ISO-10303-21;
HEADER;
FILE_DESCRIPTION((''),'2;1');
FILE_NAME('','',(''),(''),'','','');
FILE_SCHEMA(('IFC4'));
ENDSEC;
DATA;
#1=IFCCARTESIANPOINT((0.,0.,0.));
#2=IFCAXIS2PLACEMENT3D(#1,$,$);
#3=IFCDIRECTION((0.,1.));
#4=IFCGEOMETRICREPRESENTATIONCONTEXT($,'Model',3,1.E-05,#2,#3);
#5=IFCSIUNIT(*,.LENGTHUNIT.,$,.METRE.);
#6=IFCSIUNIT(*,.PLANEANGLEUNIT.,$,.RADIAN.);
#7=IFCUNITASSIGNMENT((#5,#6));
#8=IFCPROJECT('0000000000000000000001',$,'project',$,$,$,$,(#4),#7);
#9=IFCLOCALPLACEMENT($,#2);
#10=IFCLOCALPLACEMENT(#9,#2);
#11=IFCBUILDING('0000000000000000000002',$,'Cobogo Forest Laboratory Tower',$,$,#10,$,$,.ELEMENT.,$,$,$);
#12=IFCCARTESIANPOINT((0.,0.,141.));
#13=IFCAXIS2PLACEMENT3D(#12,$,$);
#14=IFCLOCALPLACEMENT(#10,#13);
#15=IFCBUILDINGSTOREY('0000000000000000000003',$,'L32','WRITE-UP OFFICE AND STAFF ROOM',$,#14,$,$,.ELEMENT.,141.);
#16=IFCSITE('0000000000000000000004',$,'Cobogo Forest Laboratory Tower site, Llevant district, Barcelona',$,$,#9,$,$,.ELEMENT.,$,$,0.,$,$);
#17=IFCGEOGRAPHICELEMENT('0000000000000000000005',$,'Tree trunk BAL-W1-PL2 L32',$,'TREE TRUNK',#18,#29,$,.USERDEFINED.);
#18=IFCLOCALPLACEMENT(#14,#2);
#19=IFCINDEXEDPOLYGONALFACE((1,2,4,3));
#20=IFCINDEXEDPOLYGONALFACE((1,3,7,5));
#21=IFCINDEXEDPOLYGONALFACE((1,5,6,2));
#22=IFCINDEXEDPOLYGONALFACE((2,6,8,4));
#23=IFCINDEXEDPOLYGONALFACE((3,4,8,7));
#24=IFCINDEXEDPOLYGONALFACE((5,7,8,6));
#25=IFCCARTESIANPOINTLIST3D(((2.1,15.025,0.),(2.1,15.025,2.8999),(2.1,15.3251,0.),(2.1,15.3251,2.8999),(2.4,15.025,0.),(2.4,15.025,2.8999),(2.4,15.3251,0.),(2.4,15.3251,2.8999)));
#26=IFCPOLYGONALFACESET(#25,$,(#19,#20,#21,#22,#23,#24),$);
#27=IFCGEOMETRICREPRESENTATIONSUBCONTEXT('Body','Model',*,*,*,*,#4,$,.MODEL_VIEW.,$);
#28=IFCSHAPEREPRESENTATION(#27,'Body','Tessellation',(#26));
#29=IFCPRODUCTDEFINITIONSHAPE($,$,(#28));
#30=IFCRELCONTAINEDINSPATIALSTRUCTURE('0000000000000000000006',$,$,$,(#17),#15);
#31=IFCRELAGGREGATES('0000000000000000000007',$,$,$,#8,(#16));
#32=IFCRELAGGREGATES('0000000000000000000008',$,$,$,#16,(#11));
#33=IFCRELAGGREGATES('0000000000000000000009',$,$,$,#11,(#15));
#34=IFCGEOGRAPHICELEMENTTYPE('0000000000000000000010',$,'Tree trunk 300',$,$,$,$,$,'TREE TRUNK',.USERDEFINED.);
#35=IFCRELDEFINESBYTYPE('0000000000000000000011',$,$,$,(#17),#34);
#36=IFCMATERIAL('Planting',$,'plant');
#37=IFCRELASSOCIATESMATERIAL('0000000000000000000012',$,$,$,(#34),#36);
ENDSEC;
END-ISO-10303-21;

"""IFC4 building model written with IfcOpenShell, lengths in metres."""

from ifc_helpers import new_model, si_unit, direction, frame, origin, origin_2d, place, context, subcontext, project, spatial, rectangle, extrude, material, type_object, element, save


model = new_model("IFC4")

# Units and contexts
model_context = context("Model", 3, precision=1e-05, world=origin(), true_north=direction((0.0, 1.0)))
body_context = subcontext(model_context, "Body", "Model", "MODEL_VIEW")
ifc_project = project(units=[si_unit("LENGTHUNIT", "METRE"), si_unit("PLANEANGLEUNIT", "RADIAN")], contexts=[model_context])

# Site, building, storey
site_placement = place(None, origin())
site = spatial("IfcSite", under=ifc_project, at=site_placement, Name="Cobogo Forest Laboratory Tower site, Llevant district, Barcelona", CompositionType="ELEMENT", RefElevation=0.0)
building_placement = place(site_placement, origin())
building = spatial("IfcBuilding", under=site, at=building_placement, Name="Cobogo Forest Laboratory Tower", CompositionType="ELEMENT")
storey_placement = place(building_placement, frame((0.0, 0.0, 141.0)))
storey = spatial("IfcBuildingStorey", under=building, at=storey_placement, Name="L32", Description="WRITE-UP OFFICE AND STAFF ROOM", CompositionType="ELEMENT", Elevation=141.0)

# Geographic element
ifc_material_1 = material(Name="Planting", Category="plant")
geographic_element_type = type_object("IfcGeographicElementType", Name="Tree trunk 300", ElementType="TREE TRUNK", PredefinedType="USERDEFINED", material=ifc_material_1)
geographic_element_placement = place(storey_placement, frame((2.25, 15.175, 0.0), z_axis=(0.0, 0.0, 1.0), x_axis=(1.0, 0.0, 0.0)))
element("IfcGeographicElement", 1, at=geographic_element_placement, inside=storey, type_object=geographic_element_type, Name="Tree trunk BAL-W1-PL2 L32", ObjectType="TREE TRUNK", PredefinedType="USERDEFINED", context=body_context, shape_type="SweptSolid", body=[
    extrude(rectangle(XDim=0.3, YDim=0.3, at=origin_2d()), origin(), (0.0, 0.0, 1.0), 2.8999),
])

save(model, "model.ifc")
